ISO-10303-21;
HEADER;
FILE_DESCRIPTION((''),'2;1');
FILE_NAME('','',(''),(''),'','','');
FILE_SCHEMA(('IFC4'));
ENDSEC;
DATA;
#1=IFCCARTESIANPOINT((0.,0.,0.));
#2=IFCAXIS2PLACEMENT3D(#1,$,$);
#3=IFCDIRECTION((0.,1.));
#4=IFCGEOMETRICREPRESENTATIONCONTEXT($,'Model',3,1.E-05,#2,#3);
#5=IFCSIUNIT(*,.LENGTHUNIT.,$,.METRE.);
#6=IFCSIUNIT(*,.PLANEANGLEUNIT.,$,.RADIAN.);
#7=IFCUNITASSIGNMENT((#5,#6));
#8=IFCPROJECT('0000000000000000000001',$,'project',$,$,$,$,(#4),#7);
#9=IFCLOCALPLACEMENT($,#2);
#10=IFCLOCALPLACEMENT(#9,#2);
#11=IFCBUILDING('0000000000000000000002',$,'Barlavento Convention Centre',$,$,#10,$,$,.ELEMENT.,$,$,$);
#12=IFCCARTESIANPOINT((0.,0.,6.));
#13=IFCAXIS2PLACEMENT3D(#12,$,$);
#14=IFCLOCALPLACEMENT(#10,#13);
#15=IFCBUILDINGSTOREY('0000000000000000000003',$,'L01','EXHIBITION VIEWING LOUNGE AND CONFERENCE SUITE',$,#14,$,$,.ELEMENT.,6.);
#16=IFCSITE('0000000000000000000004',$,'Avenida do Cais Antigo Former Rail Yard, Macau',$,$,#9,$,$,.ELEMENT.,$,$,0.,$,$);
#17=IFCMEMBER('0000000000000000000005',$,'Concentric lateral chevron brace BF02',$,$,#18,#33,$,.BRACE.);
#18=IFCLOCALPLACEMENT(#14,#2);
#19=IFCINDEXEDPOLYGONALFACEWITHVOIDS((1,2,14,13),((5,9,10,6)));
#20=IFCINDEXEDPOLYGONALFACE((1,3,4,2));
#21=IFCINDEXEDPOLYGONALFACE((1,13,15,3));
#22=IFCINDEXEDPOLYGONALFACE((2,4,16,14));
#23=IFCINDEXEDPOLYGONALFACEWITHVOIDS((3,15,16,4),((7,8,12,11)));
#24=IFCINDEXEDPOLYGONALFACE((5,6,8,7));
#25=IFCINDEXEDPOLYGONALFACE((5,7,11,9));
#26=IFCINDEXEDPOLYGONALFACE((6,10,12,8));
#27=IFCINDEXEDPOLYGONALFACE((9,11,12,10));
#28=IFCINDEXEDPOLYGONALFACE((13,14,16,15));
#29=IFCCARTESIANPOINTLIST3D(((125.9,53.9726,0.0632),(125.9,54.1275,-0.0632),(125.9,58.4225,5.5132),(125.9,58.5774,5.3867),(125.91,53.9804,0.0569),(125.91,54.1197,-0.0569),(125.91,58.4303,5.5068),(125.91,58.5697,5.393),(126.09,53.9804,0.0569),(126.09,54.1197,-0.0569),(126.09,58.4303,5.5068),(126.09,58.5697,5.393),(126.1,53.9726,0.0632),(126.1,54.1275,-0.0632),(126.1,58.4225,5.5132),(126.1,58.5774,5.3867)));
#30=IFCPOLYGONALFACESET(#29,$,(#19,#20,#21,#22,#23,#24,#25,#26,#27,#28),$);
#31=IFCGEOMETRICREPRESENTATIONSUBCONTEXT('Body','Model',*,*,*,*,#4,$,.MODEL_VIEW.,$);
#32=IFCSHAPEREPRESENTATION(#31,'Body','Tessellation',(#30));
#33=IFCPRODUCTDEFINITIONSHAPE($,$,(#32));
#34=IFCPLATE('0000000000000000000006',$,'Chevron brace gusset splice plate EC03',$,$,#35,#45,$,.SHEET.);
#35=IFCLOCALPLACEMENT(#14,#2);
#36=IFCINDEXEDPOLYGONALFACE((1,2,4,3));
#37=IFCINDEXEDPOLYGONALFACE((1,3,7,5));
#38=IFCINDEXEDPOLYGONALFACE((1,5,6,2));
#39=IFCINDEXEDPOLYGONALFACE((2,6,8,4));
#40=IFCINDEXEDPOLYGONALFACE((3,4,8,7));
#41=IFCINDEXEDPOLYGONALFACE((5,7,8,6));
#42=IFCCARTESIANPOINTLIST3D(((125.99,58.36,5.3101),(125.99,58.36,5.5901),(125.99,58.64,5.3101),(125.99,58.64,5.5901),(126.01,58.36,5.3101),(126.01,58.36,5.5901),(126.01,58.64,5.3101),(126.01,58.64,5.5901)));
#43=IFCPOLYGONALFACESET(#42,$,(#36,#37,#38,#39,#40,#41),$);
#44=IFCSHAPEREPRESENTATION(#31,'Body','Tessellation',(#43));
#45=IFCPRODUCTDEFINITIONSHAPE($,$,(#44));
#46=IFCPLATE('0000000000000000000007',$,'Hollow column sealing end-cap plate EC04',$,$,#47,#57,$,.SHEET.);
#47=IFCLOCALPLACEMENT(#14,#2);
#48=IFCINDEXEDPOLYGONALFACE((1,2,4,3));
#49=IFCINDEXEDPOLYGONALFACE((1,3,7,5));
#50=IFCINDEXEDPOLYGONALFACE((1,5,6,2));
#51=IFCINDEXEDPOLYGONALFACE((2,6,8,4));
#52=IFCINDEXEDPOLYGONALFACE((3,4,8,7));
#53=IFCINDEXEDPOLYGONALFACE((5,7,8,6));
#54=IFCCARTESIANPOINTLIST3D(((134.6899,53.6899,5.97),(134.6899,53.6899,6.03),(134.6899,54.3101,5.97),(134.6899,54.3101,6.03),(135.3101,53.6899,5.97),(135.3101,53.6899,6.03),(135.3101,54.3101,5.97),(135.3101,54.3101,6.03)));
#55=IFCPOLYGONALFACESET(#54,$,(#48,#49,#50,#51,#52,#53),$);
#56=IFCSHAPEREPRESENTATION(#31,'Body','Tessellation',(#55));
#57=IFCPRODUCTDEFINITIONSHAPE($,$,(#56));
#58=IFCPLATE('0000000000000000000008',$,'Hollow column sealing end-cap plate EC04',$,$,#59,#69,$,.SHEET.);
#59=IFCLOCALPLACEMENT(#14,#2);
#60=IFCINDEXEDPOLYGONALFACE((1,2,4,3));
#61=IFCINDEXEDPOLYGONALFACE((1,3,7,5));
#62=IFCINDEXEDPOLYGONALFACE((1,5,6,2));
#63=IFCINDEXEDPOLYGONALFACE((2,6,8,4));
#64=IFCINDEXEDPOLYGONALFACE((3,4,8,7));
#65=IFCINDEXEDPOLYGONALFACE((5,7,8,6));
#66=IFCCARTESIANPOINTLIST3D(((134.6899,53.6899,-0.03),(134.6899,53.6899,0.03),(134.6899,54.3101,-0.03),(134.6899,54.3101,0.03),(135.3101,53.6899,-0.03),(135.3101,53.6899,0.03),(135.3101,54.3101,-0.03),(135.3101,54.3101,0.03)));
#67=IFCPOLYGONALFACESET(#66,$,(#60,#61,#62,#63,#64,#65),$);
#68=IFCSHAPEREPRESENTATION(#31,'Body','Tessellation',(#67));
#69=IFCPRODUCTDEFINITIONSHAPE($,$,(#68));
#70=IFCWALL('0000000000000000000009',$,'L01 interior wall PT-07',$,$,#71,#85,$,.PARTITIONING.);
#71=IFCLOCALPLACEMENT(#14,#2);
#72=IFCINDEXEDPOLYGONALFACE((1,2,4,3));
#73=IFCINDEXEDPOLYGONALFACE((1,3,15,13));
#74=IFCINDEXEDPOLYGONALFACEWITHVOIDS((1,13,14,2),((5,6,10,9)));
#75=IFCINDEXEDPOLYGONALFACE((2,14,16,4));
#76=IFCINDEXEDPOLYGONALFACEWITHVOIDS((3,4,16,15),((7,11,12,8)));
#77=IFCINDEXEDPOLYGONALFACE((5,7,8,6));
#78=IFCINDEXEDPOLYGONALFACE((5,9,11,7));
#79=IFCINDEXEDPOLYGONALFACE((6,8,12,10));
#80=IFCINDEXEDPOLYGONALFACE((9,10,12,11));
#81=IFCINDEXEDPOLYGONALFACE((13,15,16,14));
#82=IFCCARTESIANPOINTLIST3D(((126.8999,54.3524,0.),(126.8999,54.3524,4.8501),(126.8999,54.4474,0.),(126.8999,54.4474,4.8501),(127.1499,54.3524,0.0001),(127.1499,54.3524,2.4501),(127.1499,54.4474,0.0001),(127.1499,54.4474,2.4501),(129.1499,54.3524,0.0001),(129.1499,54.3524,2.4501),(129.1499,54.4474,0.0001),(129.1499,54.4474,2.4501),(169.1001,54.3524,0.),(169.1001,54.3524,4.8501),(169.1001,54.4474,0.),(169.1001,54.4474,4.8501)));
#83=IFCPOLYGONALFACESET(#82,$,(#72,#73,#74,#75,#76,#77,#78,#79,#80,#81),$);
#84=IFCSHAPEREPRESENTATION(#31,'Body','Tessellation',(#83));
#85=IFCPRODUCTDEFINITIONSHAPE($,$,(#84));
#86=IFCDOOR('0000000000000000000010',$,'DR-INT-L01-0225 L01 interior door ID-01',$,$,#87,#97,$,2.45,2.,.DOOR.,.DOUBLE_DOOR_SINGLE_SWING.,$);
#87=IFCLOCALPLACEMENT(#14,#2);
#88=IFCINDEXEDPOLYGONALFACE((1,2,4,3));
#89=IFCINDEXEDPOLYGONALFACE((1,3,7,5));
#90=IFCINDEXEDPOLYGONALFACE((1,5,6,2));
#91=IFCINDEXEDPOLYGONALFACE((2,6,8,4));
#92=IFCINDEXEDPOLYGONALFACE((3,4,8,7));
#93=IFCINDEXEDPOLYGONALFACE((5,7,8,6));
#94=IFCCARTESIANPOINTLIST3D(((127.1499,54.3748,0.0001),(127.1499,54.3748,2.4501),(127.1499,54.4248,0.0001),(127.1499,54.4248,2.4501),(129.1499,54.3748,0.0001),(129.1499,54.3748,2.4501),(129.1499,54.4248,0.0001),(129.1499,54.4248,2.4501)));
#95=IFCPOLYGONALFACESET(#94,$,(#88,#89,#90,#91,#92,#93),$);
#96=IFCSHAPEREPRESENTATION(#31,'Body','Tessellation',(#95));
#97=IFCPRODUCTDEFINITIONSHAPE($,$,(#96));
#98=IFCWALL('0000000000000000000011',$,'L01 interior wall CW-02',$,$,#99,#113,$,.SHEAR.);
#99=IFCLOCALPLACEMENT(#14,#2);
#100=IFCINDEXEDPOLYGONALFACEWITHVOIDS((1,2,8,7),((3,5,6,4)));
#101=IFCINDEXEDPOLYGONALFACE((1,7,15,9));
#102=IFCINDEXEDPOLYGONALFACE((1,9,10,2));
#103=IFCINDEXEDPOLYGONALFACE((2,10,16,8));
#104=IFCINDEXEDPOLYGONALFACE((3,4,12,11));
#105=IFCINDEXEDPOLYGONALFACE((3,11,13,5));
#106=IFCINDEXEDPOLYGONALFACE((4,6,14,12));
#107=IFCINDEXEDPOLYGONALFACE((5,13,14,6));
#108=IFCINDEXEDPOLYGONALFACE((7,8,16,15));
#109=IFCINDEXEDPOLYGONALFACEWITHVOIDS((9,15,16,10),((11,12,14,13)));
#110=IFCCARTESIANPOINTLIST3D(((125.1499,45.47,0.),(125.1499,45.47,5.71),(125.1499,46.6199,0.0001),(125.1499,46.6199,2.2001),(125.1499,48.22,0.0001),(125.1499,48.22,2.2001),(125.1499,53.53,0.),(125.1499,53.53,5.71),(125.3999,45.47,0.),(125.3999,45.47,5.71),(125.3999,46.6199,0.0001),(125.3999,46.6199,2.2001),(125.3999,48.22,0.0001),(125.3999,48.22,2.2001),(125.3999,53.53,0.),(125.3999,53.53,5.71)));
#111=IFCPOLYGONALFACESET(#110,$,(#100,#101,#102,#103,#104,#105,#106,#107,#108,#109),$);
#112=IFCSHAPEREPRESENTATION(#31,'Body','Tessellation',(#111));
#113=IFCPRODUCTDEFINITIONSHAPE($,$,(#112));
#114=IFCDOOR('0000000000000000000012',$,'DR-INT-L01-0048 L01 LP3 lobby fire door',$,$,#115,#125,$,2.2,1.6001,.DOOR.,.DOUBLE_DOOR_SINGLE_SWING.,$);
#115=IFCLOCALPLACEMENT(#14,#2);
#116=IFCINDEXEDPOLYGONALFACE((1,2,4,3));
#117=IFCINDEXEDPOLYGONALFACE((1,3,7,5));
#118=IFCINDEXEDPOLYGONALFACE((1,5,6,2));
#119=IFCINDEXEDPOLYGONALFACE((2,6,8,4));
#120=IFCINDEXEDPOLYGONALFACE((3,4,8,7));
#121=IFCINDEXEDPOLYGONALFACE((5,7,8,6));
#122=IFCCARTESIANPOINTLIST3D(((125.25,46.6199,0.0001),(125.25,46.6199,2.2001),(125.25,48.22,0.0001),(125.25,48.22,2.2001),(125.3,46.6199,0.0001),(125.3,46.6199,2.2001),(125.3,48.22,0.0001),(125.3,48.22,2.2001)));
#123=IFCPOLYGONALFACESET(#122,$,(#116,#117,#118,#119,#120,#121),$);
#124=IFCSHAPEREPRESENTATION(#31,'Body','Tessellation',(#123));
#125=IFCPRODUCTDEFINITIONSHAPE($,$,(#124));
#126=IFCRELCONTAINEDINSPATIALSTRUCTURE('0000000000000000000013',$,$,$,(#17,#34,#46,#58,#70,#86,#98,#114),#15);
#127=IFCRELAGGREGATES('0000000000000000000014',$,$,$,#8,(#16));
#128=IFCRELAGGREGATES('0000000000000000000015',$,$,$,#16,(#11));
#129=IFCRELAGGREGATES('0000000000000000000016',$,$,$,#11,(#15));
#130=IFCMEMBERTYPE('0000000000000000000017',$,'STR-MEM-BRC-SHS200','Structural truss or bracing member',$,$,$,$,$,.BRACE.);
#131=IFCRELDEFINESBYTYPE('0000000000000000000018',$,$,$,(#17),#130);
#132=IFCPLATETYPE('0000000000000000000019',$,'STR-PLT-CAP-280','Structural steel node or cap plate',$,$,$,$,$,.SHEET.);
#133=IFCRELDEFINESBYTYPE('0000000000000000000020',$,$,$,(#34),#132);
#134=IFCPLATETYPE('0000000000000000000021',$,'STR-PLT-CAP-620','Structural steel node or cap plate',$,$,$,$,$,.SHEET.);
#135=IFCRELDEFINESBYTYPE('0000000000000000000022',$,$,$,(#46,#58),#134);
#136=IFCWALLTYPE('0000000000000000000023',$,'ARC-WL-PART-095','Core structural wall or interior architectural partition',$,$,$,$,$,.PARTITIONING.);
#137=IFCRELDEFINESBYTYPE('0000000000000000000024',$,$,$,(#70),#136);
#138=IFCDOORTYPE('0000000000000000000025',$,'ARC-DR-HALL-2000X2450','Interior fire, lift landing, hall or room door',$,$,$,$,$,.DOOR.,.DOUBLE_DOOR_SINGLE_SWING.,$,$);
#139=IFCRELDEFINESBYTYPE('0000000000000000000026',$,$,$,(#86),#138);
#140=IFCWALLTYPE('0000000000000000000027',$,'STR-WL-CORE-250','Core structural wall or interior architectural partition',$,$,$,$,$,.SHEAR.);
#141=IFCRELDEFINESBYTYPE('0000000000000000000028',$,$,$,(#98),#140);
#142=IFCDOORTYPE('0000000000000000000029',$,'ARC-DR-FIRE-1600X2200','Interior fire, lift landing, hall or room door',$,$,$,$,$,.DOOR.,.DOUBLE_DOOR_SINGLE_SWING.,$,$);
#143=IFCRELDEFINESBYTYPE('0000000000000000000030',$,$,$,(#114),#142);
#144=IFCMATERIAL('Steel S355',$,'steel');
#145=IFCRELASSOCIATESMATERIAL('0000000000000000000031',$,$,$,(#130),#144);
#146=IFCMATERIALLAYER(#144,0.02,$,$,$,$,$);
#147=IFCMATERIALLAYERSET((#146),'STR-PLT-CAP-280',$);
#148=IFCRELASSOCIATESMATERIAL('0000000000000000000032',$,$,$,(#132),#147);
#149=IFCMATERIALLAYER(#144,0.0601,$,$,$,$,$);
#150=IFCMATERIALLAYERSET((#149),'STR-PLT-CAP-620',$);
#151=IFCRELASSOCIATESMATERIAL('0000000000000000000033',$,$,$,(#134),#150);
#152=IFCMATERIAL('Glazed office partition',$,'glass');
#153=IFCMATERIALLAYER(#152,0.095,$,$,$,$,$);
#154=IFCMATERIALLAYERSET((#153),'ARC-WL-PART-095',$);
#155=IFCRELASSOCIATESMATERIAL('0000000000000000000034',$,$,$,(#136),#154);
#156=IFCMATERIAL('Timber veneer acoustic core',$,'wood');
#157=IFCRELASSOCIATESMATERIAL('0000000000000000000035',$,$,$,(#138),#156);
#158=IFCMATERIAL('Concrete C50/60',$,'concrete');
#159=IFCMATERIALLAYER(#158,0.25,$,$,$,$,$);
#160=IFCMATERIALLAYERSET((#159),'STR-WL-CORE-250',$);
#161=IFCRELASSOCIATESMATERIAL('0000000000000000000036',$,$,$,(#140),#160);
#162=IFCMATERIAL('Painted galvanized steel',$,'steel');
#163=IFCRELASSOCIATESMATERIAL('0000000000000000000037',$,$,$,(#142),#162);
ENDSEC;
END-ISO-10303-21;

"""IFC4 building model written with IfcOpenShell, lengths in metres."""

from ifc_helpers import new_model, si_unit, direction, frame, frame_2d, origin, origin_2d, place, context, subcontext, project, spatial, rectangle, hollow_rectangle, extrude, material, layer, layer_set, material_profile, profile_set, type_object, element, fill, save


model = new_model("IFC4")

# Units and contexts
model_context = context("Model", 3, precision=1e-05, world=origin(), true_north=direction((0.0, 1.0)))
body_context = subcontext(model_context, "Body", "Model", "MODEL_VIEW")
ifc_project = project(units=[si_unit("LENGTHUNIT", "METRE"), si_unit("PLANEANGLEUNIT", "RADIAN")], contexts=[model_context])

# Site, building, storey
site_placement = place(None, origin())
site = spatial("IfcSite", under=ifc_project, at=site_placement, Name="Avenida do Cais Antigo Former Rail Yard, Macau", CompositionType="ELEMENT", RefElevation=0.0)
building_placement = place(site_placement, origin())
building = spatial("IfcBuilding", under=site, at=building_placement, Name="Barlavento Convention Centre", CompositionType="ELEMENT")
storey_placement = place(building_placement, frame((0.0, 0.0, 6.0)))
storey = spatial("IfcBuildingStorey", under=building, at=storey_placement, Name="L01", Description="EXHIBITION VIEWING LOUNGE AND CONFERENCE SUITE", CompositionType="ELEMENT", Elevation=6.0)

# Shared definitions
ifc_material_1 = material(Name="Steel S355", Category="steel")

# Member
ifc_material_profile_1 = material_profile(ifc_material_1, hollow_rectangle(XDim=0.2, YDim=0.2, WallThickness=0.01, at=origin_2d()), Name="SHS 200x200x10.0")
ifc_profile_set_1 = profile_set([ifc_material_profile_1], Name="Steel S355")
member_type = type_object("IfcMemberType", Name="STR-MEM-BRC-SHS200", Description="Structural truss or bracing member", PredefinedType="BRACE", material=ifc_profile_set_1)
member_placement = place(storey_placement, frame((126.0, 54.05, 0.0), z_axis=(0.0, 0.632463, 0.774591), x_axis=(-1.0, 0.0, 0.0)))
element("IfcMember", 1, at=member_placement, inside=storey, type_object=member_type, Name="Concentric lateral chevron brace BF02", PredefinedType="BRACE", context=body_context, shape_type="SweptSolid", body=[
    extrude(hollow_rectangle(XDim=0.2, YDim=0.2, WallThickness=0.01, at=origin_2d()), origin(), (0.0, 0.0, 1.0), 7.0359),
])

# Plates
ifc_layer_1 = layer(ifc_material_1, 0.02)
ifc_layer_set_1 = layer_set([ifc_layer_1], Name="STR-PLT-CAP-280")
plate_type_1 = type_object("IfcPlateType", Name="STR-PLT-CAP-280", Description="Structural steel node or cap plate", PredefinedType="SHEET", material=ifc_layer_set_1)
plate_placement = place(storey_placement, frame((126.0, 58.5, 5.3101), z_axis=(0.0, 0.0, 1.0), x_axis=(1.0, 0.0, 0.0)))
element("IfcPlate", 2, at=plate_placement, inside=storey, type_object=plate_type_1, Name="Chevron brace gusset splice plate EC03", PredefinedType="SHEET", context=body_context, shape_type="SweptSolid", body=[
    extrude(rectangle(XDim=0.02, YDim=0.28, at=origin_2d()), origin(), (0.0, 0.0, 1.0), 0.28),
])
ifc_layer_2 = layer(ifc_material_1, 0.0601)
ifc_layer_set_2 = layer_set([ifc_layer_2], Name="STR-PLT-CAP-620")
plate_type_2 = type_object("IfcPlateType", Name="STR-PLT-CAP-620", Description="Structural steel node or cap plate", PredefinedType="SHEET", material=ifc_layer_set_2)
for number, where, z_axis, x_axis, name in (
    (3, (135.0, 54.0, 5.97), (0.0, 0.0, 1.0), (1.0, 0.0, 0.0), "Hollow column sealing end-cap plate EC04"),
    (4, (135.0, 54.0, -0.03), (0.0, 0.0, 1.0), (1.0, 0.0, 0.0), "Hollow column sealing end-cap plate EC04"),
):
    element("IfcPlate", number, at=place(storey_placement, frame(where, z_axis=z_axis, x_axis=x_axis)), inside=storey, type_object=plate_type_2, Name=name, PredefinedType="SHEET", context=body_context, shape_type="SweptSolid", body=[
        extrude(rectangle(XDim=0.6201, YDim=0.6201, at=origin_2d()), origin(), (0.0, 0.0, 1.0), 0.0601),
    ])

# Walls, openings, doors
ifc_material_2 = material(Name="Glazed office partition", Category="glass")
ifc_layer_3 = layer(ifc_material_2, 0.095)
ifc_layer_set_3 = layer_set([ifc_layer_3], Name="ARC-WL-PART-095")
wall_type_1 = type_object("IfcWallType", Name="ARC-WL-PART-095", Description="Core structural wall or interior architectural partition", PredefinedType="PARTITIONING", material=ifc_layer_set_3)
wall_1_placement = place(storey_placement, frame((126.8999, 54.3999, 0.0), z_axis=(0.0, 0.0, 1.0), x_axis=(1.0, 0.0, 0.0)))
wall_1 = element("IfcWall", 5, at=wall_1_placement, inside=storey, type_object=wall_type_1, Name="L01 interior wall PT-07", PredefinedType="PARTITIONING", context=body_context, shape_type="SweptSolid", body=[
    extrude(rectangle(XDim=42.2002, YDim=0.095, at=frame_2d((21.1001, 0.0))), origin(), (0.0, 0.0, 1.0), 4.8501),
])
opening_1_placement = place(wall_1_placement, frame((0.25, 0.0, 0.0)))
opening_1 = element("IfcOpeningElement", 6, at=opening_1_placement, cuts=wall_1, PredefinedType="OPENING", context=body_context, shape_type="SweptSolid", body=[
    extrude(rectangle(XDim=2.0, YDim=2.45, at=frame_2d((1.0, 1.2251))), frame((0.0, 0.0574, 0.0), z_axis=(0.0, -1.0, 0.0), x_axis=(1.0, 0.0, 0.0)), (0.0, 0.0, 1.0), 0.115),
])
ifc_material_3 = material(Name="Timber veneer acoustic core", Category="wood")
door_type_1 = type_object("IfcDoorType", Name="ARC-DR-HALL-2000X2450", Description="Interior fire, lift landing, hall or room door", OperationType="DOUBLE_DOOR_SINGLE_SWING", PredefinedType="DOOR", material=ifc_material_3)
door_1_placement = place(opening_1_placement, origin())
door_1 = element("IfcDoor", 7, at=door_1_placement, inside=storey, type_object=door_type_1, Name="DR-INT-L01-0225 L01 interior door ID-01", OperationType="DOUBLE_DOOR_SINGLE_SWING", OverallHeight=2.45, OverallWidth=2.0, PredefinedType="DOOR", context=body_context, shape_type="SweptSolid", body=[
    extrude(rectangle(XDim=2.0, YDim=2.45, at=frame_2d((1.0, 1.2251))), frame((0.0, 0.0249, 0.0), z_axis=(0.0, -1.0, 0.0), x_axis=(1.0, 0.0, 0.0)), (0.0, 0.0, 1.0), 0.05),
])
fill(opening_1, door_1)
ifc_material_4 = material(Name="Concrete C50/60", Category="concrete")
ifc_layer_4 = layer(ifc_material_4, 0.25)
ifc_layer_set_4 = layer_set([ifc_layer_4], Name="STR-WL-CORE-250")
wall_type_2 = type_object("IfcWallType", Name="STR-WL-CORE-250", Description="Core structural wall or interior architectural partition", PredefinedType="SHEAR", material=ifc_layer_set_4)
wall_2_placement = place(storey_placement, frame((125.2749, 45.47, 0.0), z_axis=(0.0, 0.0, 1.0), x_axis=(0.0, 1.0, 0.0)))
wall_2 = element("IfcWall", 8, at=wall_2_placement, inside=storey, type_object=wall_type_2, Name="L01 interior wall CW-02", PredefinedType="SHEAR", context=body_context, shape_type="SweptSolid", body=[
    extrude(rectangle(XDim=8.0601, YDim=0.25, at=frame_2d((4.03, 0.0))), origin(), (0.0, 0.0, 1.0), 5.71),
])
opening_2_placement = place(wall_2_placement, frame((1.1499, 0.0, 0.0)))
opening_2 = element("IfcOpeningElement", 9, at=opening_2_placement, cuts=wall_2, PredefinedType="OPENING", context=body_context, shape_type="SweptSolid", body=[
    extrude(rectangle(XDim=1.6001, YDim=2.2, at=frame_2d((0.8, 1.1001))), frame((0.0, 0.135, 0.0), z_axis=(0.0, -1.0, 0.0), x_axis=(1.0, 0.0, 0.0)), (0.0, 0.0, 1.0), 0.27),
])
ifc_material_5 = material(Name="Painted galvanized steel", Category="steel")
door_type_2 = type_object("IfcDoorType", Name="ARC-DR-FIRE-1600X2200", Description="Interior fire, lift landing, hall or room door", OperationType="DOUBLE_DOOR_SINGLE_SWING", PredefinedType="DOOR", material=ifc_material_5)
door_2_placement = place(opening_2_placement, origin())
door_2 = element("IfcDoor", 10, at=door_2_placement, inside=storey, type_object=door_type_2, Name="DR-INT-L01-0048 L01 LP3 lobby fire door", OperationType="DOUBLE_DOOR_SINGLE_SWING", OverallHeight=2.2, OverallWidth=1.6001, PredefinedType="DOOR", context=body_context, shape_type="SweptSolid", body=[
    extrude(rectangle(XDim=1.6001, YDim=2.2, at=frame_2d((0.8, 1.1001))), frame((0.0, 0.0249, 0.0), z_axis=(0.0, -1.0, 0.0), x_axis=(1.0, 0.0, 0.0)), (0.0, 0.0, 1.0), 0.05),
])
fill(opening_2, door_2)

save(model, "model.ifc")
